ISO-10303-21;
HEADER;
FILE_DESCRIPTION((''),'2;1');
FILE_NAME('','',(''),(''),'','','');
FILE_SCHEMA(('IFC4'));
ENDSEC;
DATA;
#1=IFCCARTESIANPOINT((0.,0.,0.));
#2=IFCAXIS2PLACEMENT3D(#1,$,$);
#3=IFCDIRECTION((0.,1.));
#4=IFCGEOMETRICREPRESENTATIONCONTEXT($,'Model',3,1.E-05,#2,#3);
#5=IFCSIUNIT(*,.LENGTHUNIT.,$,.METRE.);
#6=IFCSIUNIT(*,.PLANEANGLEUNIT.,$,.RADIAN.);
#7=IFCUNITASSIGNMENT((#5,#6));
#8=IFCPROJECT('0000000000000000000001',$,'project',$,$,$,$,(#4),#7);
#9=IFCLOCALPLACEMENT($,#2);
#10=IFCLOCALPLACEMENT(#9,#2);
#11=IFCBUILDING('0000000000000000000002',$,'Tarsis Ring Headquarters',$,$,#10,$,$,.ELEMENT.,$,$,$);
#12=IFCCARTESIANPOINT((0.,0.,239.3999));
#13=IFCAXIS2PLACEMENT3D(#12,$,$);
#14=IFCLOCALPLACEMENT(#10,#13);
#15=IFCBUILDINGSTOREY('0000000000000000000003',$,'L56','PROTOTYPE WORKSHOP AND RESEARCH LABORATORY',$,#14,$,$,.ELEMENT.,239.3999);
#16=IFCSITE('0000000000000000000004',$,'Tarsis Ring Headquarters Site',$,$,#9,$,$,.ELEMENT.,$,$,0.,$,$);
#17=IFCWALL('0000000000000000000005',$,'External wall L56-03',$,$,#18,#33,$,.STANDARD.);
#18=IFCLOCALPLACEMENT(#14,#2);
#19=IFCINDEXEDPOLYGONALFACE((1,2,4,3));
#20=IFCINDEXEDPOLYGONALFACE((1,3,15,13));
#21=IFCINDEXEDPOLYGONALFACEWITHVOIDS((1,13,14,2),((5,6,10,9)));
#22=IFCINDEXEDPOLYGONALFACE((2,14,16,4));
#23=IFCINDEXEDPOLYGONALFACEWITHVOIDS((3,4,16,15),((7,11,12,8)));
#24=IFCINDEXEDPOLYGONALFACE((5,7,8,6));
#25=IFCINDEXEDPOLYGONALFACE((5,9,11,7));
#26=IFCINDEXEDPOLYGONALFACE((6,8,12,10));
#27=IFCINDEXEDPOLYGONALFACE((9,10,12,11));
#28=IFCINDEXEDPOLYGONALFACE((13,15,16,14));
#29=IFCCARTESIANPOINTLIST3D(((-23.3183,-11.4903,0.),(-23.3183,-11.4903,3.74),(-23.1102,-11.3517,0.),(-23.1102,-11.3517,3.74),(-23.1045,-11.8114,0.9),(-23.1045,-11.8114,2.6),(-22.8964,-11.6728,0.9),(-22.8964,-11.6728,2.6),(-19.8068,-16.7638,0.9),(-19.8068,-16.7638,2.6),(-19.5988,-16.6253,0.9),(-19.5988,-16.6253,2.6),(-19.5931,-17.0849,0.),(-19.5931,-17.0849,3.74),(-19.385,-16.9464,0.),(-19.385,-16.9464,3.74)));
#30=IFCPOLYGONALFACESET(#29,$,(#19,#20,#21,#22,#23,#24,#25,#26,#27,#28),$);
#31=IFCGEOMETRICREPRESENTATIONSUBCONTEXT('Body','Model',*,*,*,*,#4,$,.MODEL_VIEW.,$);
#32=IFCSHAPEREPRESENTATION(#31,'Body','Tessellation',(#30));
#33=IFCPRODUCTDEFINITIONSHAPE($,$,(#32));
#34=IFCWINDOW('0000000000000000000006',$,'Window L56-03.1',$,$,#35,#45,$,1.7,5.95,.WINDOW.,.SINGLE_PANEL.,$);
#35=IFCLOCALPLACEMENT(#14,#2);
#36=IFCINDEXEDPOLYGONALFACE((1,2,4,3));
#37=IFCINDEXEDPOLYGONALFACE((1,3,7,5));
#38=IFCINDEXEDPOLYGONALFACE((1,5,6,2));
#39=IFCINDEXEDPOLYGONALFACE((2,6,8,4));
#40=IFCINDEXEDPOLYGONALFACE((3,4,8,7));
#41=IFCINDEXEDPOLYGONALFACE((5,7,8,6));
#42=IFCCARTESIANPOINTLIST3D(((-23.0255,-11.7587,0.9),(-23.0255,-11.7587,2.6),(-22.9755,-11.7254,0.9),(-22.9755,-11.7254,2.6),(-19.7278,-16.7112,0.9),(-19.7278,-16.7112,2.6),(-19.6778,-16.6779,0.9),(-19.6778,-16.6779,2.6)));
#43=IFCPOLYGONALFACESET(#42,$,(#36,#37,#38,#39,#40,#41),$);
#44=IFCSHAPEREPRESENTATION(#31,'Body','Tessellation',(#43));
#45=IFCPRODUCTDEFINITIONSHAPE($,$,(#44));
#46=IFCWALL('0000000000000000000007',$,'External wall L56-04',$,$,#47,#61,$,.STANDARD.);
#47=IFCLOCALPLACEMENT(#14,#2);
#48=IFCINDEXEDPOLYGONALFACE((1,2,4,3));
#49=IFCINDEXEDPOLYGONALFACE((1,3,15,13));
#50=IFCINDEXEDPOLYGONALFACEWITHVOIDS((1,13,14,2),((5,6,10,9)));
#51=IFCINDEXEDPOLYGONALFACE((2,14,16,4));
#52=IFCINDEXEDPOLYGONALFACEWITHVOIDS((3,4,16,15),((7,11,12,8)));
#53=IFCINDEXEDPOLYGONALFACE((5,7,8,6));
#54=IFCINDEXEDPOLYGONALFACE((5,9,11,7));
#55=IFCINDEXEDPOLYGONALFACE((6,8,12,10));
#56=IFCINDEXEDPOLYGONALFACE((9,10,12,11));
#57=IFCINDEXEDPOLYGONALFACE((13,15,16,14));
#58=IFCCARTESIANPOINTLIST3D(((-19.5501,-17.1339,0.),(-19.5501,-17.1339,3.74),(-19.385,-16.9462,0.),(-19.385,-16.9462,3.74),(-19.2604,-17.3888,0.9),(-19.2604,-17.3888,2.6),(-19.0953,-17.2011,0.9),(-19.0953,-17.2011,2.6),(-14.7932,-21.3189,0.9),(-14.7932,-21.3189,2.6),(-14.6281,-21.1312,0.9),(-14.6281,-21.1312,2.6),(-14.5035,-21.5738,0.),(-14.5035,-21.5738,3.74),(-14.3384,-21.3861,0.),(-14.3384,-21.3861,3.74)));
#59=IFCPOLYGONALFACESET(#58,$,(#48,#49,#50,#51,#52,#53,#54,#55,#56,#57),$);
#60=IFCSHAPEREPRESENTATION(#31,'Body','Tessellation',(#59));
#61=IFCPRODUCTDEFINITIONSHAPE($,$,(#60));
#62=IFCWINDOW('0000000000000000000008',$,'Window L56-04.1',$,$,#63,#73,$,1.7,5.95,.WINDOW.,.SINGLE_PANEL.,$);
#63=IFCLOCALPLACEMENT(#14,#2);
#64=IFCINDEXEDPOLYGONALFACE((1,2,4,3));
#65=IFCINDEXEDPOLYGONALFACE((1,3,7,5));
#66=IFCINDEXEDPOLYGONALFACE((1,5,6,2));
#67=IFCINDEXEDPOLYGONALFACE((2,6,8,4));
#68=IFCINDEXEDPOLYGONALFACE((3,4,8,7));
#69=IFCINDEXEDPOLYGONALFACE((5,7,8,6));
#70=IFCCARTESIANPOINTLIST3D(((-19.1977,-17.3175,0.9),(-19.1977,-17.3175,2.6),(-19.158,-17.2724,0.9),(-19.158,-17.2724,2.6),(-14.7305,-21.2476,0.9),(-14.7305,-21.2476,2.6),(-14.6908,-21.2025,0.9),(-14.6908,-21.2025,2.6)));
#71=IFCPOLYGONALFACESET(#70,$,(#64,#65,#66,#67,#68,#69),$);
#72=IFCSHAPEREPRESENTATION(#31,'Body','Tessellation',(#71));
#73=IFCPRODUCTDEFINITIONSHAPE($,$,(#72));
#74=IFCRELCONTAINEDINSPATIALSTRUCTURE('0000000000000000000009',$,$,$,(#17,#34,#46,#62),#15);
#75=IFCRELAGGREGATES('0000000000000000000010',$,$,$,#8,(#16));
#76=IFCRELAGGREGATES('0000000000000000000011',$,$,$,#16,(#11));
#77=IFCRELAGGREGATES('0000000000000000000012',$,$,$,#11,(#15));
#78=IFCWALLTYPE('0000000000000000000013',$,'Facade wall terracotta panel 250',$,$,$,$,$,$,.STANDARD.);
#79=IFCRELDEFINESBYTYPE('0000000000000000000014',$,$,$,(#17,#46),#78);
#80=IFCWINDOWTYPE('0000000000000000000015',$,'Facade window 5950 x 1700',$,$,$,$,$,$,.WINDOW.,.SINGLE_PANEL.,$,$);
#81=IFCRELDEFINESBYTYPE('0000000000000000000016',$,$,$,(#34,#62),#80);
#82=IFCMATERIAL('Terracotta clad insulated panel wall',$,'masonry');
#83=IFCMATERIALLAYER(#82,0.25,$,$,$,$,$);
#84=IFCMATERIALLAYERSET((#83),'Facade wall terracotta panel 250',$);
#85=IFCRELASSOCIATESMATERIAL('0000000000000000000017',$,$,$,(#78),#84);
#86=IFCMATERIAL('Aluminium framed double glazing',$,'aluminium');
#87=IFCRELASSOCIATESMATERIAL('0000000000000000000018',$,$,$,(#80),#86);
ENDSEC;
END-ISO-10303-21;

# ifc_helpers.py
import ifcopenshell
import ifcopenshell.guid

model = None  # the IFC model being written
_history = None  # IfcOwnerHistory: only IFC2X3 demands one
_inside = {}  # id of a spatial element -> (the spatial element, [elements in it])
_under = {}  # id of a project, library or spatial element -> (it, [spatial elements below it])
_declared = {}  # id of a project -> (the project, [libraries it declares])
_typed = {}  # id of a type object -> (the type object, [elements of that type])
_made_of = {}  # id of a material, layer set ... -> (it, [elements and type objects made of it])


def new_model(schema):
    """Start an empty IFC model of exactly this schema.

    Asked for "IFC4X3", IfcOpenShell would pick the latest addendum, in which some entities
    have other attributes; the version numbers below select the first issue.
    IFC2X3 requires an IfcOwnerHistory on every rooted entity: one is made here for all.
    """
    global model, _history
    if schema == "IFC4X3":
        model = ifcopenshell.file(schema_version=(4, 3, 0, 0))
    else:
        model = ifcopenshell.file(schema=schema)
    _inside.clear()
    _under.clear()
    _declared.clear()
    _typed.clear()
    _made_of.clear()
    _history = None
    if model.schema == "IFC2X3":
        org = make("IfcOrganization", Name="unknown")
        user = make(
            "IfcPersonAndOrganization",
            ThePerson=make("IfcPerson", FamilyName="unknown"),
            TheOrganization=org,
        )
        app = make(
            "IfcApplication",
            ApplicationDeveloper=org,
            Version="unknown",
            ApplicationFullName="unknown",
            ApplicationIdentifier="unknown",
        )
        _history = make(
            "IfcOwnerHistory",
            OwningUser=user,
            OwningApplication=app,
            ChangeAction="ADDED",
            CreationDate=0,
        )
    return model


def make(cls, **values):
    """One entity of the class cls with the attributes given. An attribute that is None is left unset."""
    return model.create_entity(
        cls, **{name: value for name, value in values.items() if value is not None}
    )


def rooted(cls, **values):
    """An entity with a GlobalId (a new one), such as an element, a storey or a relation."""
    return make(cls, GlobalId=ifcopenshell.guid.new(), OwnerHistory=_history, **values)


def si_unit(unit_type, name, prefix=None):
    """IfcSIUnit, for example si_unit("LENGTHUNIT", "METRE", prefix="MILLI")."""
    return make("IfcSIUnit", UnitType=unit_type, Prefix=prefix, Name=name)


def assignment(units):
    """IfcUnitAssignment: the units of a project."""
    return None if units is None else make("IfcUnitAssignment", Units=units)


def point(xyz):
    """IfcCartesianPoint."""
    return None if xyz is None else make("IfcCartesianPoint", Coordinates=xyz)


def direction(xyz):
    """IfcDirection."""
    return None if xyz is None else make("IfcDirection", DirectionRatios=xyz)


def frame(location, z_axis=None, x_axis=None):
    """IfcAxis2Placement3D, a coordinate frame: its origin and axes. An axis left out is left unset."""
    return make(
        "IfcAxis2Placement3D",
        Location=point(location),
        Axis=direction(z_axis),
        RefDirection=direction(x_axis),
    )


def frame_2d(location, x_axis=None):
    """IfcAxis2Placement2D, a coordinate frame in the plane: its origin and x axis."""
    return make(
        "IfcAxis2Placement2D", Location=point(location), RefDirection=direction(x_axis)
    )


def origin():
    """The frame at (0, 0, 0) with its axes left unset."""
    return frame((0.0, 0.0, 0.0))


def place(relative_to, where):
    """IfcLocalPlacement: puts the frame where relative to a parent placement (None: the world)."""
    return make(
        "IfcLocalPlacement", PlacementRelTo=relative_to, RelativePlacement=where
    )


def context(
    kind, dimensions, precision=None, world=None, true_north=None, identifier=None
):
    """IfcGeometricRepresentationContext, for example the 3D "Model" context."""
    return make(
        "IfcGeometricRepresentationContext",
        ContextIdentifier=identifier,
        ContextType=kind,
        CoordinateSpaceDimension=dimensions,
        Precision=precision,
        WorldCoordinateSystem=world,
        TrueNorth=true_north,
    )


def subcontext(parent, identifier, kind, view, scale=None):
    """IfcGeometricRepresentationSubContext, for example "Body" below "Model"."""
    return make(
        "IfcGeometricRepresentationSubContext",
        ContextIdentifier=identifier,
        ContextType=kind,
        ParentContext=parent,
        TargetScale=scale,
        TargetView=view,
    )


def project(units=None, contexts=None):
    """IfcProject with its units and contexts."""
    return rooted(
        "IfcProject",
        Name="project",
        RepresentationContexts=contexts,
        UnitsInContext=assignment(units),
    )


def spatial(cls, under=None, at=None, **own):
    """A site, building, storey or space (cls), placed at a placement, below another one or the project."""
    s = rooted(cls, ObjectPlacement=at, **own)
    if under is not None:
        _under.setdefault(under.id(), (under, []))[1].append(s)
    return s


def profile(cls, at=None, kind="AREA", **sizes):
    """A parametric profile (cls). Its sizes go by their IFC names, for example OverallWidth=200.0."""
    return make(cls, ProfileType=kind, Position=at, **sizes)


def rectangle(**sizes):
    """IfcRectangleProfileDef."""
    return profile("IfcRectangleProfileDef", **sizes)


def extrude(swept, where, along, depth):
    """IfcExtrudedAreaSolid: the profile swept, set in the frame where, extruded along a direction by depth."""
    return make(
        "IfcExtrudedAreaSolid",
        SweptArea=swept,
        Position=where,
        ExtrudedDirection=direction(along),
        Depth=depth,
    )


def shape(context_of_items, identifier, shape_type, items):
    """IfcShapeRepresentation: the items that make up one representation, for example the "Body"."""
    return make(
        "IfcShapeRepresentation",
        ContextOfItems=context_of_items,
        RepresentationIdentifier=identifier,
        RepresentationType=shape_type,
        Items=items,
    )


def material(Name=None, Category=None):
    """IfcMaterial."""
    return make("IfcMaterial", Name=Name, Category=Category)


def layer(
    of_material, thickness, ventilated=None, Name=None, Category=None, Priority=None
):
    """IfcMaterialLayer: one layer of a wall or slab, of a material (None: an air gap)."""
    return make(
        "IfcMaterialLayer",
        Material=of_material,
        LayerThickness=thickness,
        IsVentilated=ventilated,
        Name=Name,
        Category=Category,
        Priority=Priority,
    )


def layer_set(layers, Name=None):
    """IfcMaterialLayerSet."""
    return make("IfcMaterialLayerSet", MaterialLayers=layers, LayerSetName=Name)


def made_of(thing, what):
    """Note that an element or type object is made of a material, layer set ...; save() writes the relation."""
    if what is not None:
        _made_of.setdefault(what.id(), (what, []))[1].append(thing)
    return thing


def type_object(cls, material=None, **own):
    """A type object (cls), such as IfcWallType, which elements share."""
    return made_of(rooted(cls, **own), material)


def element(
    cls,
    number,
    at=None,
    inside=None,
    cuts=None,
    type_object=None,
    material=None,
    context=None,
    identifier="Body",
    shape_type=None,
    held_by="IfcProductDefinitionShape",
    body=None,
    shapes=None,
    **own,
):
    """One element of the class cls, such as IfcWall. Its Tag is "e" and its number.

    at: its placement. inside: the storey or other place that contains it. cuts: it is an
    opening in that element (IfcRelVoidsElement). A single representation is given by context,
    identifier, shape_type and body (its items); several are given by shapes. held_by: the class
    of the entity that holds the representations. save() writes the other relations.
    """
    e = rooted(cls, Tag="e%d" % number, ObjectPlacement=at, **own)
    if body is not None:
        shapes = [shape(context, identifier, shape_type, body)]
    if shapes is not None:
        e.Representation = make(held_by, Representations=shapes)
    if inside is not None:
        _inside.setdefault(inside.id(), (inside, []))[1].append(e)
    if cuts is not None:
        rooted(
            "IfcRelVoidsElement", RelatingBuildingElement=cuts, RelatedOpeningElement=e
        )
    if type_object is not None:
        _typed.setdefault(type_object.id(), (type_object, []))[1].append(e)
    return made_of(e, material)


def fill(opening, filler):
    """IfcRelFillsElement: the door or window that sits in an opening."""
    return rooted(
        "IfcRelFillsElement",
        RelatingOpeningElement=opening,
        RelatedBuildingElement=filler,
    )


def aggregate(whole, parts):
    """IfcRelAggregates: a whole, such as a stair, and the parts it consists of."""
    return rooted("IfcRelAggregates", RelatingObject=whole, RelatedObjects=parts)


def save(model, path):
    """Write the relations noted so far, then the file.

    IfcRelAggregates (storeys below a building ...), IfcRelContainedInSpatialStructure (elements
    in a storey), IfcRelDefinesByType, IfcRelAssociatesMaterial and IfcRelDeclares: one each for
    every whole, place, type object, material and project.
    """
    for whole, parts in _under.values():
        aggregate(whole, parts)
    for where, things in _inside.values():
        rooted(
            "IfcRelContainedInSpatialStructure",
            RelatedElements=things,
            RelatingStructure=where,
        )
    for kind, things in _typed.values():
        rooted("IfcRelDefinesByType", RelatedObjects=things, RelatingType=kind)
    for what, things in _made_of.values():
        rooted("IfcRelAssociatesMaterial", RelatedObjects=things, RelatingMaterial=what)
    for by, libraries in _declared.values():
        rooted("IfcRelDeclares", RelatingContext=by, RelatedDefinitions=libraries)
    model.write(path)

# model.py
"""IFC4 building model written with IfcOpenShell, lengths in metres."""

from ifc_helpers import new_model, si_unit, direction, frame, frame_2d, origin, place, context, subcontext, project, spatial, rectangle, extrude, material, layer, layer_set, type_object, element, fill, save


model = new_model("IFC4")

# Units and contexts
model_context = context("Model", 3, precision=1e-05, world=origin(), true_north=direction((0.0, 1.0)))
body_context = subcontext(model_context, "Body", "Model", "MODEL_VIEW")
ifc_project = project(units=[si_unit("LENGTHUNIT", "METRE"), si_unit("PLANEANGLEUNIT", "RADIAN")], contexts=[model_context])

# Site, building, storey
site_placement = place(None, origin())
site = spatial("IfcSite", under=ifc_project, at=site_placement, Name="Tarsis Ring Headquarters Site", CompositionType="ELEMENT", RefElevation=0.0)
building_placement = place(site_placement, origin())
building = spatial("IfcBuilding", under=site, at=building_placement, Name="Tarsis Ring Headquarters", CompositionType="ELEMENT")
storey_placement = place(building_placement, frame((0.0, 0.0, 239.3999)))
storey = spatial("IfcBuildingStorey", under=building, at=storey_placement, Name="L56", Description="PROTOTYPE WORKSHOP AND RESEARCH LABORATORY", CompositionType="ELEMENT", Elevation=239.3999)

# Walls, openings, windows
ifc_material_1 = material(Name="Terracotta clad insulated panel wall", Category="masonry")
ifc_layer_1 = layer(ifc_material_1, 0.25)
ifc_layer_set_1 = layer_set([ifc_layer_1], Name="Facade wall terracotta panel 250")
wall_type_1 = type_object("IfcWallType", Name="Facade wall terracotta panel 250", PredefinedType="STANDARD", material=ifc_layer_set_1)
wall_1_placement = place(storey_placement, frame((-23.2144, -11.4209, 0.0), z_axis=(0.0, 0.0, 1.0), x_axis=(0.554239, -0.832358, 0.0)))
wall_1 = element("IfcWall", 1, at=wall_1_placement, inside=storey, type_object=wall_type_1, Name="External wall L56-03", PredefinedType="STANDARD", context=body_context, shape_type="SweptSolid", body=[
    extrude(rectangle(XDim=6.7214, YDim=0.25, at=frame_2d((3.3608, 0.0))), origin(), (0.0, 0.0, 1.0), 3.74),
])
opening_1_placement = place(wall_1_placement, frame((0.3857, 0.0, 0.8999)))
opening_1 = element("IfcOpeningElement", 2, at=opening_1_placement, cuts=wall_1, PredefinedType="OPENING", context=body_context, shape_type="SweptSolid", body=[
    extrude(rectangle(XDim=5.95, YDim=1.7, at=frame_2d((2.9751, 0.8501))), frame((0.0, 0.135, 0.0), z_axis=(0.0, -1.0, 0.0), x_axis=(1.0, 0.0, 0.0)), (0.0, 0.0, 1.0), 0.27),
])
ifc_material_2 = material(Name="Aluminium framed double glazing", Category="aluminium")
window_type = type_object("IfcWindowType", Name="Facade window 5950 x 1700", PartitioningType="SINGLE_PANEL", PredefinedType="WINDOW", material=ifc_material_2)
window_1_placement = place(opening_1_placement, origin())
window_1 = element("IfcWindow", 3, at=window_1_placement, inside=storey, type_object=window_type, Name="Window L56-03.1", OverallHeight=1.7, OverallWidth=5.95, PartitioningType="SINGLE_PANEL", PredefinedType="WINDOW", context=body_context, shape_type="SweptSolid", body=[
    extrude(rectangle(XDim=5.95, YDim=1.7, at=frame_2d((2.9751, 0.8501))), frame((0.0, 0.03, 0.0), z_axis=(0.0, -1.0, 0.0), x_axis=(1.0, 0.0, 0.0)), (0.0, 0.0, 1.0), 0.0601),
])
fill(opening_1, window_1)
wall_2_placement = place(storey_placement, frame((-19.4675, -17.04, 0.0), z_axis=(0.0, 0.0, 1.0), x_axis=(0.750794, -0.660536, 0.0)))
wall_2 = element("IfcWall", 4, at=wall_2_placement, inside=storey, type_object=wall_type_1, Name="External wall L56-04", PredefinedType="STANDARD", context=body_context, shape_type="SweptSolid", body=[
    extrude(rectangle(XDim=6.7217, YDim=0.25, at=frame_2d((3.3608, 0.0))), origin(), (0.0, 0.0, 1.0), 3.74),
])
opening_2_placement = place(wall_2_placement, frame((0.3857, 0.0, 0.8999)))
opening_2 = element("IfcOpeningElement", 5, at=opening_2_placement, cuts=wall_2, PredefinedType="OPENING", context=body_context, shape_type="SweptSolid", body=[
    extrude(rectangle(XDim=5.95, YDim=1.7, at=frame_2d((2.9751, 0.8501))), frame((0.0, 0.135, 0.0), z_axis=(0.0, -1.0, 0.0), x_axis=(1.0, 0.0, 0.0)), (0.0, 0.0, 1.0), 0.27),
])
window_2_placement = place(opening_2_placement, origin())
window_2 = element("IfcWindow", 6, at=window_2_placement, inside=storey, type_object=window_type, Name="Window L56-04.1", OverallHeight=1.7, OverallWidth=5.95, PartitioningType="SINGLE_PANEL", PredefinedType="WINDOW", context=body_context, shape_type="SweptSolid", body=[
    extrude(rectangle(XDim=5.95, YDim=1.7, at=frame_2d((2.9751, 0.8501))), frame((0.0, 0.03, 0.0), z_axis=(0.0, -1.0, 0.0), x_axis=(1.0, 0.0, 0.0)), (0.0, 0.0, 1.0), 0.0601),
])
fill(opening_2, window_2)

save(model, "model.ifc")
